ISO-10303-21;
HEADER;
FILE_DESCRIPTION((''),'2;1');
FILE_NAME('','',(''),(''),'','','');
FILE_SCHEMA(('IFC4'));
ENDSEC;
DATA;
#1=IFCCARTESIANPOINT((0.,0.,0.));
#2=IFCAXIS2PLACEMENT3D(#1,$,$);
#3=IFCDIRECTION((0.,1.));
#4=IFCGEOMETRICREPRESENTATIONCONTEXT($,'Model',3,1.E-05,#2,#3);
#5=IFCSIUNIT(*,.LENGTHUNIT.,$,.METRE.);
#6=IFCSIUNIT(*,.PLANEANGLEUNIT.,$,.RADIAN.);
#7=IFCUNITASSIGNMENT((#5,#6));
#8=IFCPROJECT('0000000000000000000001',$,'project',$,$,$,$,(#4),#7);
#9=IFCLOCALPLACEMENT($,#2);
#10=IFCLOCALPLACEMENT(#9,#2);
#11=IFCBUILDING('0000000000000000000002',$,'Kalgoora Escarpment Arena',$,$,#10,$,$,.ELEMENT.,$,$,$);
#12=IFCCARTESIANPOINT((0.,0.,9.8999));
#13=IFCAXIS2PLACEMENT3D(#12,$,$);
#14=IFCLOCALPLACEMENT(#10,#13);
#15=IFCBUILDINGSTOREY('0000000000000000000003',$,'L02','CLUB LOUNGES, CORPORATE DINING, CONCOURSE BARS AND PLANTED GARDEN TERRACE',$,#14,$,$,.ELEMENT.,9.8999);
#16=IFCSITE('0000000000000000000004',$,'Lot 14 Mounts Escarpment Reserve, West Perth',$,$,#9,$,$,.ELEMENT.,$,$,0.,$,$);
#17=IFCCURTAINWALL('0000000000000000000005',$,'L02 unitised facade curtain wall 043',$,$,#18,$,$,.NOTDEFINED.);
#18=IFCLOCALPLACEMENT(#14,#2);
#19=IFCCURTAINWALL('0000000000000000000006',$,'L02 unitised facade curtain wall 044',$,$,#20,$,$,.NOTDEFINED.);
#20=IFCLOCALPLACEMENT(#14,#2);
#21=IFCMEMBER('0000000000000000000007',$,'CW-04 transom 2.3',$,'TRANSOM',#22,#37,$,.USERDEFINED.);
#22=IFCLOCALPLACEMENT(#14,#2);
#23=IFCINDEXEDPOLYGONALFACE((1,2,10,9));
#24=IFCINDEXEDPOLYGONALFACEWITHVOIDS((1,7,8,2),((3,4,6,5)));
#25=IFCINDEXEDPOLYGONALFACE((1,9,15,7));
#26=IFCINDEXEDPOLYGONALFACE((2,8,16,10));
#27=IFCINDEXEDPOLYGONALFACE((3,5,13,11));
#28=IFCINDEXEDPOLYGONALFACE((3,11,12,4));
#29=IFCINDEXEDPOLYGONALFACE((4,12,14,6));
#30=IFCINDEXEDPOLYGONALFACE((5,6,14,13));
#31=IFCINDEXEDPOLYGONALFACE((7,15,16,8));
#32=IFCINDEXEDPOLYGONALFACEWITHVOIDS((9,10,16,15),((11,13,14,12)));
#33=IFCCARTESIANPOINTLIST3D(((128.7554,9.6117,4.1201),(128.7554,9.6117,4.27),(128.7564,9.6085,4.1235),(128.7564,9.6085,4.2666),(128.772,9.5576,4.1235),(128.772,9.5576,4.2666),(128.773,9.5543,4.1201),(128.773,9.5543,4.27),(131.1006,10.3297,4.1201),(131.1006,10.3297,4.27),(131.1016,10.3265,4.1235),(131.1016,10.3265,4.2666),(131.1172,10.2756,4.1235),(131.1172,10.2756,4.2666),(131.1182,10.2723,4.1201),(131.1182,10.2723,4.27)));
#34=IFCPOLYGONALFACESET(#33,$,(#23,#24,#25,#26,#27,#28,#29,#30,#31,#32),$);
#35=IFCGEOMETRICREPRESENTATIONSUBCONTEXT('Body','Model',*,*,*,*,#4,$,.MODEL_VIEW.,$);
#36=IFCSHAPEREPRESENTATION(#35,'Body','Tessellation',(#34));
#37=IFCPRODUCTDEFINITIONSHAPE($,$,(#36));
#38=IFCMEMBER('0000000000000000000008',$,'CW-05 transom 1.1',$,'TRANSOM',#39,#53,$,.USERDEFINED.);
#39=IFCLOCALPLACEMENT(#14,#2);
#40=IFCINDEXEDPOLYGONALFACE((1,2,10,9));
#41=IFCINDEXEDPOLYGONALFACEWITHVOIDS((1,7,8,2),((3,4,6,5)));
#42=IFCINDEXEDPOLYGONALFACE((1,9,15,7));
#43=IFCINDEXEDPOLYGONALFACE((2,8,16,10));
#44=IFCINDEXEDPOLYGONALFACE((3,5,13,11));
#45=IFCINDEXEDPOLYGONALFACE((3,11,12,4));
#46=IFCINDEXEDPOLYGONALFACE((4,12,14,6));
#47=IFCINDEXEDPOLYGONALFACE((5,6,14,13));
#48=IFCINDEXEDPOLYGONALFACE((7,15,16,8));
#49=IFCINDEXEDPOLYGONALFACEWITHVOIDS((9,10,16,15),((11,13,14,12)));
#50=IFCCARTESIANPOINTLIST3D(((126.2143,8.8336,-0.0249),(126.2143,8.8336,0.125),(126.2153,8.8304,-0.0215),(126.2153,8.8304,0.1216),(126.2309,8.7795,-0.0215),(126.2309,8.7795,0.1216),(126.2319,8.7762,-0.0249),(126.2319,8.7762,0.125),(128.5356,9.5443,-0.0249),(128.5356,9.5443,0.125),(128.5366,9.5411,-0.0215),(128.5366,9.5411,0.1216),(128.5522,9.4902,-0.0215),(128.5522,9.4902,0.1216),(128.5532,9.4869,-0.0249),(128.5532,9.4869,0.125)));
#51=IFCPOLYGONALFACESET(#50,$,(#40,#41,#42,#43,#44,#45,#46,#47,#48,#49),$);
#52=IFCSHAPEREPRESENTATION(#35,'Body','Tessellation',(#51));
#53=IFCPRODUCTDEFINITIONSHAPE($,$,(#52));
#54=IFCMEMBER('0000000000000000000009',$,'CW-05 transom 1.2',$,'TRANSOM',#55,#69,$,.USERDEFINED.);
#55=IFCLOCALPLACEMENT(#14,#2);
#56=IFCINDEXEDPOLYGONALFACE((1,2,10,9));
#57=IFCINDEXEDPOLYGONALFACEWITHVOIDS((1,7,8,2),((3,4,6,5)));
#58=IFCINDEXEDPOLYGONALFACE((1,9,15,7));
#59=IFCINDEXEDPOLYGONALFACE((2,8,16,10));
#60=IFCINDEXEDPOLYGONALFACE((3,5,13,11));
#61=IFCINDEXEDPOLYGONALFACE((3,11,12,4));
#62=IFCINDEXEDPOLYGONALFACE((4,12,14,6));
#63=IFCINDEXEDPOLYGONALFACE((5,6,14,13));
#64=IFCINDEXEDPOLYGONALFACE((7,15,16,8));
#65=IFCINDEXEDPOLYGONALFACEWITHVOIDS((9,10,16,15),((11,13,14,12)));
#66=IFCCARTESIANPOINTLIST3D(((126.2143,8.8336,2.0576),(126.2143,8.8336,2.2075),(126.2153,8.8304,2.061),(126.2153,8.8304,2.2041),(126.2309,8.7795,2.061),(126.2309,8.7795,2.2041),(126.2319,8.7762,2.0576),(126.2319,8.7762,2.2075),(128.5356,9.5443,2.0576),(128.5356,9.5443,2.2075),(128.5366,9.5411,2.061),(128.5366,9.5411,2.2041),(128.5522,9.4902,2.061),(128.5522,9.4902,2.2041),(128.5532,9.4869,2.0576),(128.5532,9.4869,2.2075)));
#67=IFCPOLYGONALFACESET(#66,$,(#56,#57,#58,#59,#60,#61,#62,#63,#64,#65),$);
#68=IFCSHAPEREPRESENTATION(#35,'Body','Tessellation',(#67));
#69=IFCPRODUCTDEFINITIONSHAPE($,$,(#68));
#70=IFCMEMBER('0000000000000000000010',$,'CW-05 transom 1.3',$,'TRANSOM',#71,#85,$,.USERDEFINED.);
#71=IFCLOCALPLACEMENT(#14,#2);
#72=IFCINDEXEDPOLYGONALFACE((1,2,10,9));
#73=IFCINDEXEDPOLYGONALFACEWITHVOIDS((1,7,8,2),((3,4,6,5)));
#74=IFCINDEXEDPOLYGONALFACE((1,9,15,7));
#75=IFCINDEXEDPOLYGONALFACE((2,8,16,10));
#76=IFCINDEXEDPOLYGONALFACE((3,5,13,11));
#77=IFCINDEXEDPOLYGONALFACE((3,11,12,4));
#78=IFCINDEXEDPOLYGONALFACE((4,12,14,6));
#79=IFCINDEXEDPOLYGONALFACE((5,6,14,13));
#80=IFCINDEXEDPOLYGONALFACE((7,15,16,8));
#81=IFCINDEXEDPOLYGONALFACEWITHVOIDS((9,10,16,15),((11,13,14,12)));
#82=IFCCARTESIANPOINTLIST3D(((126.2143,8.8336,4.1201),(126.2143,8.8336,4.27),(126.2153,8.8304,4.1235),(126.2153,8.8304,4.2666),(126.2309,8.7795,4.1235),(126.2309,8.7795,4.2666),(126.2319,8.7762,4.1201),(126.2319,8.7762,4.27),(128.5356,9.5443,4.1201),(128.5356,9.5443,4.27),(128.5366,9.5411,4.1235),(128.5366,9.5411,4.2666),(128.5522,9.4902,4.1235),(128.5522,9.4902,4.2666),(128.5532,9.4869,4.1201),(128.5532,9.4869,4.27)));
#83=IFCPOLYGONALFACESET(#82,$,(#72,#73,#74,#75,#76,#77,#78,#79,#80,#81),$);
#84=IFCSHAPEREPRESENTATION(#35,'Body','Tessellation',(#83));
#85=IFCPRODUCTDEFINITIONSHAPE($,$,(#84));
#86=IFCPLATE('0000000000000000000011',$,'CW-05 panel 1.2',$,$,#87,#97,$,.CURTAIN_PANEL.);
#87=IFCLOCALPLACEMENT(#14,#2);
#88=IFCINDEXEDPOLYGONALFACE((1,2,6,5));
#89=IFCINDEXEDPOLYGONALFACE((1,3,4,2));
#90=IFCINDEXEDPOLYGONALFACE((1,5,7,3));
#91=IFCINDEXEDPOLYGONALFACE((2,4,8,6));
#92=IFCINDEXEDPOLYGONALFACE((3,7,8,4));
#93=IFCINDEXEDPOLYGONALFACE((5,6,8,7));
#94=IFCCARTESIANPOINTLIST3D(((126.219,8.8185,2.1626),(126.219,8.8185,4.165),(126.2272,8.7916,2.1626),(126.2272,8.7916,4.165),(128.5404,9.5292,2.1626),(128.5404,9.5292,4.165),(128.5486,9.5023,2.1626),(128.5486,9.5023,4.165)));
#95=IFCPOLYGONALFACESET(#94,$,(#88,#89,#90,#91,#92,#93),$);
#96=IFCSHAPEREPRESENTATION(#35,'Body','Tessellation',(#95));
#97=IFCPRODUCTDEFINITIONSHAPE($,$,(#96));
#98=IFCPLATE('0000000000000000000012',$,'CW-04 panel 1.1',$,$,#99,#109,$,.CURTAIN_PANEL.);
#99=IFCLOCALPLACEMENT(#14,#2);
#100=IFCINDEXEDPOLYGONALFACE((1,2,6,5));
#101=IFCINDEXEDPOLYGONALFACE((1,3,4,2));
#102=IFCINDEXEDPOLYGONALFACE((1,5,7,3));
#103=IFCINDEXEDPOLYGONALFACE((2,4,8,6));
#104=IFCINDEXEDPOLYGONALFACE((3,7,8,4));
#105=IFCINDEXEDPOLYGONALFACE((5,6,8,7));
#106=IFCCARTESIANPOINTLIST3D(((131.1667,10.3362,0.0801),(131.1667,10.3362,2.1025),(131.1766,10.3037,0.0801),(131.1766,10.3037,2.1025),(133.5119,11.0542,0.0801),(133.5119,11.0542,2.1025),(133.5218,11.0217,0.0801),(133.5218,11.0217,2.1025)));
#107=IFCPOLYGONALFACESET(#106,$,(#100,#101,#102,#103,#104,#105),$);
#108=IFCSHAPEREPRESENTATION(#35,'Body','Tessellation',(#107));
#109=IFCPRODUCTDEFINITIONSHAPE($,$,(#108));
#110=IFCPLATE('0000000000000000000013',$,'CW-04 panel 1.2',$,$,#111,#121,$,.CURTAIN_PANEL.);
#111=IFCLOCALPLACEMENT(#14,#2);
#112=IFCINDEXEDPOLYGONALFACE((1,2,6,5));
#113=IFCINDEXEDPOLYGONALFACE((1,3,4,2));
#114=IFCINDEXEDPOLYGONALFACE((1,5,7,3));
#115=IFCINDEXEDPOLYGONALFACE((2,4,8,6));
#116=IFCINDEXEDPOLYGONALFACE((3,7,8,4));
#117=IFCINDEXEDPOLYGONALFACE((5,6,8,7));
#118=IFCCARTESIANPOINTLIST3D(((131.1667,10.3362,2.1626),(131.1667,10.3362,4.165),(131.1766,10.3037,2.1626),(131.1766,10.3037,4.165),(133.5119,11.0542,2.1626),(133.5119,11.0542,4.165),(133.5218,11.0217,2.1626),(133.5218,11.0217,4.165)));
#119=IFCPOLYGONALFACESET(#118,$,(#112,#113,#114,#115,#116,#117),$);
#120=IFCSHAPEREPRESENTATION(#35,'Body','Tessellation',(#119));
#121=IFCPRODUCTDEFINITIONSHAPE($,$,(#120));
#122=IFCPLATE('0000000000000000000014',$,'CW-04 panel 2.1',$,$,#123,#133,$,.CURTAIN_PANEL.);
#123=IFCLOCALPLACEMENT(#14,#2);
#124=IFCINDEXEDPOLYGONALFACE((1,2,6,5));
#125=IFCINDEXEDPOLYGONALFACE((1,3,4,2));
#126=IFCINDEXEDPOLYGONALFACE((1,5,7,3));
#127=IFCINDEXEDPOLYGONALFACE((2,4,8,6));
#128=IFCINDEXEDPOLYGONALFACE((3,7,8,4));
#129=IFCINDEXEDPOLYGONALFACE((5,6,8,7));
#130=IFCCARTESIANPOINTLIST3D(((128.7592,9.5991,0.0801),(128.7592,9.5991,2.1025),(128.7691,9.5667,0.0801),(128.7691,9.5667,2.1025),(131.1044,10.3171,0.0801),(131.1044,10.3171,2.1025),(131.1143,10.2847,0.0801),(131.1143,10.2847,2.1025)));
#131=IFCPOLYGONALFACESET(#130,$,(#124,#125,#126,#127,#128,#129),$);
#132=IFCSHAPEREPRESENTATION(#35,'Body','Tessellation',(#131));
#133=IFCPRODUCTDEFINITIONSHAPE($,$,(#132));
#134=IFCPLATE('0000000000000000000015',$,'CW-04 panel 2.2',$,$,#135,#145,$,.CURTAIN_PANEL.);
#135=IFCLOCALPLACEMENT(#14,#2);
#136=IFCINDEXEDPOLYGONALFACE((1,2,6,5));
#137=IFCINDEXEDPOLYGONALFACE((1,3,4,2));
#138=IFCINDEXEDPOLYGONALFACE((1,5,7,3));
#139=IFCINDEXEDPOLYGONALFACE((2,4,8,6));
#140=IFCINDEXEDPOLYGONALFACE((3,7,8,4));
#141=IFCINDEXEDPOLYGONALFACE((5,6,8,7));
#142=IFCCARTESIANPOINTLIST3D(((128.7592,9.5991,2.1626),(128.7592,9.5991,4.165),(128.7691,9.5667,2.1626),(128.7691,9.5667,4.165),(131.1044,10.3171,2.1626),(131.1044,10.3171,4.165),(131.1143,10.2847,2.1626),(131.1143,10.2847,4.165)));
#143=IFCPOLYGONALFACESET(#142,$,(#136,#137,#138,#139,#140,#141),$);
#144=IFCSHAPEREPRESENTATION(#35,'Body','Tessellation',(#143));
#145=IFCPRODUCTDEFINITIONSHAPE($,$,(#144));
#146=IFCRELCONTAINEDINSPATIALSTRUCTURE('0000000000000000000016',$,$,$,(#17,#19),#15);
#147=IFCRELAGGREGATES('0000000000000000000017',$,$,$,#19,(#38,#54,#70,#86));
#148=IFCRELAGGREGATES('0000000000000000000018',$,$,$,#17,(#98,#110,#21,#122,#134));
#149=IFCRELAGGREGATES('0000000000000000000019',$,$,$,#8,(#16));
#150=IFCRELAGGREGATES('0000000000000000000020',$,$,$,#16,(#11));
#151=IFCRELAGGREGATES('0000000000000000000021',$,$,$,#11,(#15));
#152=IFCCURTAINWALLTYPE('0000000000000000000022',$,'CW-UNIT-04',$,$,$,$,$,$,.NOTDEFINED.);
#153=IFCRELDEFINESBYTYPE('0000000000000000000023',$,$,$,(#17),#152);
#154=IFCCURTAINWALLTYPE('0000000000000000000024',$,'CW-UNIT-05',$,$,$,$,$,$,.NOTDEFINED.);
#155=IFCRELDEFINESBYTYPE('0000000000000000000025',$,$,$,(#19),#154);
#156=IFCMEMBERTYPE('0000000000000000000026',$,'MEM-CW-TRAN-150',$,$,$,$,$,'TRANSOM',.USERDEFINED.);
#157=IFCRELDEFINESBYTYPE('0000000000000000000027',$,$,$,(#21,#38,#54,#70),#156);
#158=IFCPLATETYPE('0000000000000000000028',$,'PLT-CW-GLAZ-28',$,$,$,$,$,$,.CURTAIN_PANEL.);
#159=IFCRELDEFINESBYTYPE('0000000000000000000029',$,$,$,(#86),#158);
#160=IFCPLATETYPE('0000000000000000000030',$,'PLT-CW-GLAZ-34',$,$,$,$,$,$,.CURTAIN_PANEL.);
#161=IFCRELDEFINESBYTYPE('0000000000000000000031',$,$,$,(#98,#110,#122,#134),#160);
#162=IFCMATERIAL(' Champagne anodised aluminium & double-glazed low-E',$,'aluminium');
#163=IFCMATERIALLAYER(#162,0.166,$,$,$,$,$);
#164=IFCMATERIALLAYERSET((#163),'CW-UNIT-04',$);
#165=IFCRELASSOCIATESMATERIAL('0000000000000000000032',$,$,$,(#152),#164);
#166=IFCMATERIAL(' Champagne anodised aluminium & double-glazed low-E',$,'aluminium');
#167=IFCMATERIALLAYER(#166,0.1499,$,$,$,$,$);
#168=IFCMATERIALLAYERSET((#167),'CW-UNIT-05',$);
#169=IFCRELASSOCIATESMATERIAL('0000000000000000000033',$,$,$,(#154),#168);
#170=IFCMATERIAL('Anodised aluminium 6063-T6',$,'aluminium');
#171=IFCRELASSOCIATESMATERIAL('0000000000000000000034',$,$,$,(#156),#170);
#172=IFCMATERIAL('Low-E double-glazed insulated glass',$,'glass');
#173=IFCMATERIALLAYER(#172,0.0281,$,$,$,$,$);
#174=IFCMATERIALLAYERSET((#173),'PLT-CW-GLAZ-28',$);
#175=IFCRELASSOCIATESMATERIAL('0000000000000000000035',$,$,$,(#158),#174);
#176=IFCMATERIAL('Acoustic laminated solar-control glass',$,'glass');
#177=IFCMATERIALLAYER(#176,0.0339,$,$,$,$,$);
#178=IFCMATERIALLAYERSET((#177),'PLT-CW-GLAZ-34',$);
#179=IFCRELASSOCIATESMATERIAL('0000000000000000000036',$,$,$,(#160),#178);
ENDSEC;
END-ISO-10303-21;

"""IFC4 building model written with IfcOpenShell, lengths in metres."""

from ifc_helpers import new_model, si_unit, direction, frame, origin, origin_2d, place, context, subcontext, project, spatial, rectangle, hollow_rectangle, extrude, material, layer, layer_set, material_profile, profile_set, type_object, element, aggregate, save


model = new_model("IFC4")

# Units and contexts
model_context = context("Model", 3, precision=1e-05, world=origin(), true_north=direction((0.0, 1.0)))
body_context = subcontext(model_context, "Body", "Model", "MODEL_VIEW")
ifc_project = project(units=[si_unit("LENGTHUNIT", "METRE"), si_unit("PLANEANGLEUNIT", "RADIAN")], contexts=[model_context])

# Site, building, storey
site_placement = place(None, origin())
site = spatial("IfcSite", under=ifc_project, at=site_placement, Name="Lot 14 Mounts Escarpment Reserve, West Perth", CompositionType="ELEMENT", RefElevation=0.0)
building_placement = place(site_placement, origin())
building = spatial("IfcBuilding", under=site, at=building_placement, Name="Kalgoora Escarpment Arena", CompositionType="ELEMENT")
storey_placement = place(building_placement, frame((0.0, 0.0, 9.8999)))
storey = spatial("IfcBuildingStorey", under=building, at=storey_placement, Name="L02", Description="CLUB LOUNGES, CORPORATE DINING, CONCOURSE BARS AND PLANTED GARDEN TERRACE", CompositionType="ELEMENT", Elevation=9.8999)

# Curtain wall
ifc_material_1 = material(Name=" Champagne anodised aluminium & double-glazed low-E", Category="aluminium")
ifc_layer_1 = layer(ifc_material_1, 0.166)
ifc_layer_set_1 = layer_set([ifc_layer_1], Name="CW-UNIT-04")
curtain_wall_type_1 = type_object("IfcCurtainWallType", Name="CW-UNIT-04", PredefinedType="NOTDEFINED", material=ifc_layer_set_1)
curtain_wall_1_placement = place(storey_placement, origin())
curtain_wall_1 = element("IfcCurtainWall", 1, at=curtain_wall_1_placement, inside=storey, type_object=curtain_wall_type_1, Name="L02 unitised facade curtain wall 043", PredefinedType="NOTDEFINED")

# Curtain wall
ifc_material_2 = material(Name=" Champagne anodised aluminium & double-glazed low-E", Category="aluminium")
ifc_layer_2 = layer(ifc_material_2, 0.1499)
ifc_layer_set_2 = layer_set([ifc_layer_2], Name="CW-UNIT-05")
curtain_wall_type_2 = type_object("IfcCurtainWallType", Name="CW-UNIT-05", PredefinedType="NOTDEFINED", material=ifc_layer_set_2)
curtain_wall_2_placement = place(storey_placement, origin())
curtain_wall_2 = element("IfcCurtainWall", 2, at=curtain_wall_2_placement, inside=storey, type_object=curtain_wall_type_2, Name="L02 unitised facade curtain wall 044", PredefinedType="NOTDEFINED")

# Members
ifc_material_3 = material(Name="Anodised aluminium 6063-T6", Category="aluminium")
ifc_material_profile_1 = material_profile(ifc_material_3, hollow_rectangle(XDim=0.0601, YDim=0.1499, WallThickness=0.0034, at=origin_2d()))
ifc_profile_set_1 = profile_set([ifc_material_profile_1], Name="Anodised aluminium 6063-T6")
member_type_1 = type_object("IfcMemberType", Name="MEM-CW-TRAN-150", ElementType="TRANSOM", PredefinedType="USERDEFINED", material=ifc_profile_set_1)
member_1_placement = place(storey_placement, frame((131.1094, 10.301, 4.1951), z_axis=(-0.956189, -0.29275, 0.0), x_axis=(0.29275, -0.956189, 0.0)))
member_1 = element("IfcMember", 3, at=member_1_placement, type_object=member_type_1, Name="CW-04 transom 2.3", ObjectType="TRANSOM", PredefinedType="USERDEFINED", context=body_context, shape_type="SweptSolid", body=[
    extrude(hollow_rectangle(XDim=0.0601, YDim=0.1499, WallThickness=0.0034, at=origin_2d()), origin(), (0.0, 0.0, 1.0), 2.4526),
])
member_2_placement = place(storey_placement, frame((128.5444, 9.5156, 0.05), z_axis=(-0.956189, -0.29275, 0.0), x_axis=(0.29275, -0.956189, 0.0)))
member_2 = element("IfcMember", 4, at=member_2_placement, type_object=member_type_1, Name="CW-05 transom 1.1", ObjectType="TRANSOM", PredefinedType="USERDEFINED", context=body_context, shape_type="SweptSolid", body=[
    extrude(hollow_rectangle(XDim=0.0601, YDim=0.1499, WallThickness=0.0034, at=origin_2d()), origin(), (0.0, 0.0, 1.0), 2.4277),
])
member_3_placement = place(storey_placement, frame((128.5444, 9.5156, 2.1326), z_axis=(-0.956189, -0.29275, 0.0), x_axis=(0.29275, -0.956189, 0.0)))
member_3 = element("IfcMember", 5, at=member_3_placement, type_object=member_type_1, Name="CW-05 transom 1.2", ObjectType="TRANSOM", PredefinedType="USERDEFINED", context=body_context, shape_type="SweptSolid", body=[
    extrude(hollow_rectangle(XDim=0.0601, YDim=0.1499, WallThickness=0.0034, at=origin_2d()), origin(), (0.0, 0.0, 1.0), 2.4277),
])
member_4_placement = place(storey_placement, frame((128.5444, 9.5156, 4.1951), z_axis=(-0.956189, -0.29275, 0.0), x_axis=(0.29275, -0.956189, 0.0)))
member_4 = element("IfcMember", 6, at=member_4_placement, type_object=member_type_1, Name="CW-05 transom 1.3", ObjectType="TRANSOM", PredefinedType="USERDEFINED", context=body_context, shape_type="SweptSolid", body=[
    extrude(hollow_rectangle(XDim=0.0601, YDim=0.1499, WallThickness=0.0034, at=origin_2d()), origin(), (0.0, 0.0, 1.0), 2.4277),
])

# Plates
ifc_material_4 = material(Name="Low-E double-glazed insulated glass", Category="glass")
ifc_layer_3 = layer(ifc_material_4, 0.0281)
ifc_layer_set_3 = layer_set([ifc_layer_3], Name="PLT-CW-GLAZ-28")
plate_type_1 = type_object("IfcPlateType", Name="PLT-CW-GLAZ-28", PredefinedType="CURTAIN_PANEL", material=ifc_layer_set_3)
plate_1_placement = place(storey_placement, frame((127.3838, 9.1604, 2.1626), z_axis=(0.0, 0.0, 1.0), x_axis=(-0.956189, -0.292751, 0.0)))
plate_1 = element("IfcPlate", 7, at=plate_1_placement, type_object=plate_type_1, Name="CW-05 panel 1.2", PredefinedType="CURTAIN_PANEL", context=body_context, shape_type="SweptSolid", body=[
    extrude(rectangle(XDim=2.4277, YDim=0.0281, at=origin_2d()), origin(), (0.0, 0.0, 1.0), 2.0024),
])
aggregate(curtain_wall_2, [member_2, member_3, member_4, plate_1])
ifc_material_5 = material(Name="Acoustic laminated solar-control glass", Category="glass")
ifc_layer_4 = layer(ifc_material_5, 0.0339)
ifc_layer_set_4 = layer_set([ifc_layer_4], Name="PLT-CW-GLAZ-34")
plate_type_2 = type_object("IfcPlateType", Name="PLT-CW-GLAZ-34", PredefinedType="CURTAIN_PANEL", material=ifc_layer_set_4)
plate_2_placement = place(storey_placement, frame((132.3442, 10.679, 0.0801), z_axis=(0.0, 0.0, 1.0), x_axis=(-0.956191, -0.292745, 0.0)))
plate_2 = element("IfcPlate", 8, at=plate_2_placement, type_object=plate_type_2, Name="CW-04 panel 1.1", PredefinedType="CURTAIN_PANEL", context=body_context, shape_type="SweptSolid", body=[
    extrude(rectangle(XDim=2.4526, YDim=0.0339, at=origin_2d()), origin(), (0.0, 0.0, 1.0), 2.0225),
])
plate_3_placement = place(storey_placement, frame((132.3442, 10.679, 2.1626), z_axis=(0.0, 0.0, 1.0), x_axis=(-0.956191, -0.292745, 0.0)))
plate_3 = element("IfcPlate", 9, at=plate_3_placement, type_object=plate_type_2, Name="CW-04 panel 1.2", PredefinedType="CURTAIN_PANEL", context=body_context, shape_type="SweptSolid", body=[
    extrude(rectangle(XDim=2.4526, YDim=0.0339, at=origin_2d()), origin(), (0.0, 0.0, 1.0), 2.0024),
])
plate_4_placement = place(storey_placement, frame((129.9368, 9.9419, 0.0801), z_axis=(0.0, 0.0, 1.0), x_axis=(-0.956191, -0.292745, 0.0)))
plate_4 = element("IfcPlate", 10, at=plate_4_placement, type_object=plate_type_2, Name="CW-04 panel 2.1", PredefinedType="CURTAIN_PANEL", context=body_context, shape_type="SweptSolid", body=[
    extrude(rectangle(XDim=2.4526, YDim=0.0339, at=origin_2d()), origin(), (0.0, 0.0, 1.0), 2.0225),
])
plate_5_placement = place(storey_placement, frame((129.9368, 9.9419, 2.1626), z_axis=(0.0, 0.0, 1.0), x_axis=(-0.956191, -0.292745, 0.0)))
plate_5 = element("IfcPlate", 11, at=plate_5_placement, type_object=plate_type_2, Name="CW-04 panel 2.2", PredefinedType="CURTAIN_PANEL", context=body_context, shape_type="SweptSolid", body=[
    extrude(rectangle(XDim=2.4526, YDim=0.0339, at=origin_2d()), origin(), (0.0, 0.0, 1.0), 2.0024),
])
aggregate(curtain_wall_1, [plate_2, plate_3, member_1, plate_4, plate_5])

save(model, "model.ifc")
